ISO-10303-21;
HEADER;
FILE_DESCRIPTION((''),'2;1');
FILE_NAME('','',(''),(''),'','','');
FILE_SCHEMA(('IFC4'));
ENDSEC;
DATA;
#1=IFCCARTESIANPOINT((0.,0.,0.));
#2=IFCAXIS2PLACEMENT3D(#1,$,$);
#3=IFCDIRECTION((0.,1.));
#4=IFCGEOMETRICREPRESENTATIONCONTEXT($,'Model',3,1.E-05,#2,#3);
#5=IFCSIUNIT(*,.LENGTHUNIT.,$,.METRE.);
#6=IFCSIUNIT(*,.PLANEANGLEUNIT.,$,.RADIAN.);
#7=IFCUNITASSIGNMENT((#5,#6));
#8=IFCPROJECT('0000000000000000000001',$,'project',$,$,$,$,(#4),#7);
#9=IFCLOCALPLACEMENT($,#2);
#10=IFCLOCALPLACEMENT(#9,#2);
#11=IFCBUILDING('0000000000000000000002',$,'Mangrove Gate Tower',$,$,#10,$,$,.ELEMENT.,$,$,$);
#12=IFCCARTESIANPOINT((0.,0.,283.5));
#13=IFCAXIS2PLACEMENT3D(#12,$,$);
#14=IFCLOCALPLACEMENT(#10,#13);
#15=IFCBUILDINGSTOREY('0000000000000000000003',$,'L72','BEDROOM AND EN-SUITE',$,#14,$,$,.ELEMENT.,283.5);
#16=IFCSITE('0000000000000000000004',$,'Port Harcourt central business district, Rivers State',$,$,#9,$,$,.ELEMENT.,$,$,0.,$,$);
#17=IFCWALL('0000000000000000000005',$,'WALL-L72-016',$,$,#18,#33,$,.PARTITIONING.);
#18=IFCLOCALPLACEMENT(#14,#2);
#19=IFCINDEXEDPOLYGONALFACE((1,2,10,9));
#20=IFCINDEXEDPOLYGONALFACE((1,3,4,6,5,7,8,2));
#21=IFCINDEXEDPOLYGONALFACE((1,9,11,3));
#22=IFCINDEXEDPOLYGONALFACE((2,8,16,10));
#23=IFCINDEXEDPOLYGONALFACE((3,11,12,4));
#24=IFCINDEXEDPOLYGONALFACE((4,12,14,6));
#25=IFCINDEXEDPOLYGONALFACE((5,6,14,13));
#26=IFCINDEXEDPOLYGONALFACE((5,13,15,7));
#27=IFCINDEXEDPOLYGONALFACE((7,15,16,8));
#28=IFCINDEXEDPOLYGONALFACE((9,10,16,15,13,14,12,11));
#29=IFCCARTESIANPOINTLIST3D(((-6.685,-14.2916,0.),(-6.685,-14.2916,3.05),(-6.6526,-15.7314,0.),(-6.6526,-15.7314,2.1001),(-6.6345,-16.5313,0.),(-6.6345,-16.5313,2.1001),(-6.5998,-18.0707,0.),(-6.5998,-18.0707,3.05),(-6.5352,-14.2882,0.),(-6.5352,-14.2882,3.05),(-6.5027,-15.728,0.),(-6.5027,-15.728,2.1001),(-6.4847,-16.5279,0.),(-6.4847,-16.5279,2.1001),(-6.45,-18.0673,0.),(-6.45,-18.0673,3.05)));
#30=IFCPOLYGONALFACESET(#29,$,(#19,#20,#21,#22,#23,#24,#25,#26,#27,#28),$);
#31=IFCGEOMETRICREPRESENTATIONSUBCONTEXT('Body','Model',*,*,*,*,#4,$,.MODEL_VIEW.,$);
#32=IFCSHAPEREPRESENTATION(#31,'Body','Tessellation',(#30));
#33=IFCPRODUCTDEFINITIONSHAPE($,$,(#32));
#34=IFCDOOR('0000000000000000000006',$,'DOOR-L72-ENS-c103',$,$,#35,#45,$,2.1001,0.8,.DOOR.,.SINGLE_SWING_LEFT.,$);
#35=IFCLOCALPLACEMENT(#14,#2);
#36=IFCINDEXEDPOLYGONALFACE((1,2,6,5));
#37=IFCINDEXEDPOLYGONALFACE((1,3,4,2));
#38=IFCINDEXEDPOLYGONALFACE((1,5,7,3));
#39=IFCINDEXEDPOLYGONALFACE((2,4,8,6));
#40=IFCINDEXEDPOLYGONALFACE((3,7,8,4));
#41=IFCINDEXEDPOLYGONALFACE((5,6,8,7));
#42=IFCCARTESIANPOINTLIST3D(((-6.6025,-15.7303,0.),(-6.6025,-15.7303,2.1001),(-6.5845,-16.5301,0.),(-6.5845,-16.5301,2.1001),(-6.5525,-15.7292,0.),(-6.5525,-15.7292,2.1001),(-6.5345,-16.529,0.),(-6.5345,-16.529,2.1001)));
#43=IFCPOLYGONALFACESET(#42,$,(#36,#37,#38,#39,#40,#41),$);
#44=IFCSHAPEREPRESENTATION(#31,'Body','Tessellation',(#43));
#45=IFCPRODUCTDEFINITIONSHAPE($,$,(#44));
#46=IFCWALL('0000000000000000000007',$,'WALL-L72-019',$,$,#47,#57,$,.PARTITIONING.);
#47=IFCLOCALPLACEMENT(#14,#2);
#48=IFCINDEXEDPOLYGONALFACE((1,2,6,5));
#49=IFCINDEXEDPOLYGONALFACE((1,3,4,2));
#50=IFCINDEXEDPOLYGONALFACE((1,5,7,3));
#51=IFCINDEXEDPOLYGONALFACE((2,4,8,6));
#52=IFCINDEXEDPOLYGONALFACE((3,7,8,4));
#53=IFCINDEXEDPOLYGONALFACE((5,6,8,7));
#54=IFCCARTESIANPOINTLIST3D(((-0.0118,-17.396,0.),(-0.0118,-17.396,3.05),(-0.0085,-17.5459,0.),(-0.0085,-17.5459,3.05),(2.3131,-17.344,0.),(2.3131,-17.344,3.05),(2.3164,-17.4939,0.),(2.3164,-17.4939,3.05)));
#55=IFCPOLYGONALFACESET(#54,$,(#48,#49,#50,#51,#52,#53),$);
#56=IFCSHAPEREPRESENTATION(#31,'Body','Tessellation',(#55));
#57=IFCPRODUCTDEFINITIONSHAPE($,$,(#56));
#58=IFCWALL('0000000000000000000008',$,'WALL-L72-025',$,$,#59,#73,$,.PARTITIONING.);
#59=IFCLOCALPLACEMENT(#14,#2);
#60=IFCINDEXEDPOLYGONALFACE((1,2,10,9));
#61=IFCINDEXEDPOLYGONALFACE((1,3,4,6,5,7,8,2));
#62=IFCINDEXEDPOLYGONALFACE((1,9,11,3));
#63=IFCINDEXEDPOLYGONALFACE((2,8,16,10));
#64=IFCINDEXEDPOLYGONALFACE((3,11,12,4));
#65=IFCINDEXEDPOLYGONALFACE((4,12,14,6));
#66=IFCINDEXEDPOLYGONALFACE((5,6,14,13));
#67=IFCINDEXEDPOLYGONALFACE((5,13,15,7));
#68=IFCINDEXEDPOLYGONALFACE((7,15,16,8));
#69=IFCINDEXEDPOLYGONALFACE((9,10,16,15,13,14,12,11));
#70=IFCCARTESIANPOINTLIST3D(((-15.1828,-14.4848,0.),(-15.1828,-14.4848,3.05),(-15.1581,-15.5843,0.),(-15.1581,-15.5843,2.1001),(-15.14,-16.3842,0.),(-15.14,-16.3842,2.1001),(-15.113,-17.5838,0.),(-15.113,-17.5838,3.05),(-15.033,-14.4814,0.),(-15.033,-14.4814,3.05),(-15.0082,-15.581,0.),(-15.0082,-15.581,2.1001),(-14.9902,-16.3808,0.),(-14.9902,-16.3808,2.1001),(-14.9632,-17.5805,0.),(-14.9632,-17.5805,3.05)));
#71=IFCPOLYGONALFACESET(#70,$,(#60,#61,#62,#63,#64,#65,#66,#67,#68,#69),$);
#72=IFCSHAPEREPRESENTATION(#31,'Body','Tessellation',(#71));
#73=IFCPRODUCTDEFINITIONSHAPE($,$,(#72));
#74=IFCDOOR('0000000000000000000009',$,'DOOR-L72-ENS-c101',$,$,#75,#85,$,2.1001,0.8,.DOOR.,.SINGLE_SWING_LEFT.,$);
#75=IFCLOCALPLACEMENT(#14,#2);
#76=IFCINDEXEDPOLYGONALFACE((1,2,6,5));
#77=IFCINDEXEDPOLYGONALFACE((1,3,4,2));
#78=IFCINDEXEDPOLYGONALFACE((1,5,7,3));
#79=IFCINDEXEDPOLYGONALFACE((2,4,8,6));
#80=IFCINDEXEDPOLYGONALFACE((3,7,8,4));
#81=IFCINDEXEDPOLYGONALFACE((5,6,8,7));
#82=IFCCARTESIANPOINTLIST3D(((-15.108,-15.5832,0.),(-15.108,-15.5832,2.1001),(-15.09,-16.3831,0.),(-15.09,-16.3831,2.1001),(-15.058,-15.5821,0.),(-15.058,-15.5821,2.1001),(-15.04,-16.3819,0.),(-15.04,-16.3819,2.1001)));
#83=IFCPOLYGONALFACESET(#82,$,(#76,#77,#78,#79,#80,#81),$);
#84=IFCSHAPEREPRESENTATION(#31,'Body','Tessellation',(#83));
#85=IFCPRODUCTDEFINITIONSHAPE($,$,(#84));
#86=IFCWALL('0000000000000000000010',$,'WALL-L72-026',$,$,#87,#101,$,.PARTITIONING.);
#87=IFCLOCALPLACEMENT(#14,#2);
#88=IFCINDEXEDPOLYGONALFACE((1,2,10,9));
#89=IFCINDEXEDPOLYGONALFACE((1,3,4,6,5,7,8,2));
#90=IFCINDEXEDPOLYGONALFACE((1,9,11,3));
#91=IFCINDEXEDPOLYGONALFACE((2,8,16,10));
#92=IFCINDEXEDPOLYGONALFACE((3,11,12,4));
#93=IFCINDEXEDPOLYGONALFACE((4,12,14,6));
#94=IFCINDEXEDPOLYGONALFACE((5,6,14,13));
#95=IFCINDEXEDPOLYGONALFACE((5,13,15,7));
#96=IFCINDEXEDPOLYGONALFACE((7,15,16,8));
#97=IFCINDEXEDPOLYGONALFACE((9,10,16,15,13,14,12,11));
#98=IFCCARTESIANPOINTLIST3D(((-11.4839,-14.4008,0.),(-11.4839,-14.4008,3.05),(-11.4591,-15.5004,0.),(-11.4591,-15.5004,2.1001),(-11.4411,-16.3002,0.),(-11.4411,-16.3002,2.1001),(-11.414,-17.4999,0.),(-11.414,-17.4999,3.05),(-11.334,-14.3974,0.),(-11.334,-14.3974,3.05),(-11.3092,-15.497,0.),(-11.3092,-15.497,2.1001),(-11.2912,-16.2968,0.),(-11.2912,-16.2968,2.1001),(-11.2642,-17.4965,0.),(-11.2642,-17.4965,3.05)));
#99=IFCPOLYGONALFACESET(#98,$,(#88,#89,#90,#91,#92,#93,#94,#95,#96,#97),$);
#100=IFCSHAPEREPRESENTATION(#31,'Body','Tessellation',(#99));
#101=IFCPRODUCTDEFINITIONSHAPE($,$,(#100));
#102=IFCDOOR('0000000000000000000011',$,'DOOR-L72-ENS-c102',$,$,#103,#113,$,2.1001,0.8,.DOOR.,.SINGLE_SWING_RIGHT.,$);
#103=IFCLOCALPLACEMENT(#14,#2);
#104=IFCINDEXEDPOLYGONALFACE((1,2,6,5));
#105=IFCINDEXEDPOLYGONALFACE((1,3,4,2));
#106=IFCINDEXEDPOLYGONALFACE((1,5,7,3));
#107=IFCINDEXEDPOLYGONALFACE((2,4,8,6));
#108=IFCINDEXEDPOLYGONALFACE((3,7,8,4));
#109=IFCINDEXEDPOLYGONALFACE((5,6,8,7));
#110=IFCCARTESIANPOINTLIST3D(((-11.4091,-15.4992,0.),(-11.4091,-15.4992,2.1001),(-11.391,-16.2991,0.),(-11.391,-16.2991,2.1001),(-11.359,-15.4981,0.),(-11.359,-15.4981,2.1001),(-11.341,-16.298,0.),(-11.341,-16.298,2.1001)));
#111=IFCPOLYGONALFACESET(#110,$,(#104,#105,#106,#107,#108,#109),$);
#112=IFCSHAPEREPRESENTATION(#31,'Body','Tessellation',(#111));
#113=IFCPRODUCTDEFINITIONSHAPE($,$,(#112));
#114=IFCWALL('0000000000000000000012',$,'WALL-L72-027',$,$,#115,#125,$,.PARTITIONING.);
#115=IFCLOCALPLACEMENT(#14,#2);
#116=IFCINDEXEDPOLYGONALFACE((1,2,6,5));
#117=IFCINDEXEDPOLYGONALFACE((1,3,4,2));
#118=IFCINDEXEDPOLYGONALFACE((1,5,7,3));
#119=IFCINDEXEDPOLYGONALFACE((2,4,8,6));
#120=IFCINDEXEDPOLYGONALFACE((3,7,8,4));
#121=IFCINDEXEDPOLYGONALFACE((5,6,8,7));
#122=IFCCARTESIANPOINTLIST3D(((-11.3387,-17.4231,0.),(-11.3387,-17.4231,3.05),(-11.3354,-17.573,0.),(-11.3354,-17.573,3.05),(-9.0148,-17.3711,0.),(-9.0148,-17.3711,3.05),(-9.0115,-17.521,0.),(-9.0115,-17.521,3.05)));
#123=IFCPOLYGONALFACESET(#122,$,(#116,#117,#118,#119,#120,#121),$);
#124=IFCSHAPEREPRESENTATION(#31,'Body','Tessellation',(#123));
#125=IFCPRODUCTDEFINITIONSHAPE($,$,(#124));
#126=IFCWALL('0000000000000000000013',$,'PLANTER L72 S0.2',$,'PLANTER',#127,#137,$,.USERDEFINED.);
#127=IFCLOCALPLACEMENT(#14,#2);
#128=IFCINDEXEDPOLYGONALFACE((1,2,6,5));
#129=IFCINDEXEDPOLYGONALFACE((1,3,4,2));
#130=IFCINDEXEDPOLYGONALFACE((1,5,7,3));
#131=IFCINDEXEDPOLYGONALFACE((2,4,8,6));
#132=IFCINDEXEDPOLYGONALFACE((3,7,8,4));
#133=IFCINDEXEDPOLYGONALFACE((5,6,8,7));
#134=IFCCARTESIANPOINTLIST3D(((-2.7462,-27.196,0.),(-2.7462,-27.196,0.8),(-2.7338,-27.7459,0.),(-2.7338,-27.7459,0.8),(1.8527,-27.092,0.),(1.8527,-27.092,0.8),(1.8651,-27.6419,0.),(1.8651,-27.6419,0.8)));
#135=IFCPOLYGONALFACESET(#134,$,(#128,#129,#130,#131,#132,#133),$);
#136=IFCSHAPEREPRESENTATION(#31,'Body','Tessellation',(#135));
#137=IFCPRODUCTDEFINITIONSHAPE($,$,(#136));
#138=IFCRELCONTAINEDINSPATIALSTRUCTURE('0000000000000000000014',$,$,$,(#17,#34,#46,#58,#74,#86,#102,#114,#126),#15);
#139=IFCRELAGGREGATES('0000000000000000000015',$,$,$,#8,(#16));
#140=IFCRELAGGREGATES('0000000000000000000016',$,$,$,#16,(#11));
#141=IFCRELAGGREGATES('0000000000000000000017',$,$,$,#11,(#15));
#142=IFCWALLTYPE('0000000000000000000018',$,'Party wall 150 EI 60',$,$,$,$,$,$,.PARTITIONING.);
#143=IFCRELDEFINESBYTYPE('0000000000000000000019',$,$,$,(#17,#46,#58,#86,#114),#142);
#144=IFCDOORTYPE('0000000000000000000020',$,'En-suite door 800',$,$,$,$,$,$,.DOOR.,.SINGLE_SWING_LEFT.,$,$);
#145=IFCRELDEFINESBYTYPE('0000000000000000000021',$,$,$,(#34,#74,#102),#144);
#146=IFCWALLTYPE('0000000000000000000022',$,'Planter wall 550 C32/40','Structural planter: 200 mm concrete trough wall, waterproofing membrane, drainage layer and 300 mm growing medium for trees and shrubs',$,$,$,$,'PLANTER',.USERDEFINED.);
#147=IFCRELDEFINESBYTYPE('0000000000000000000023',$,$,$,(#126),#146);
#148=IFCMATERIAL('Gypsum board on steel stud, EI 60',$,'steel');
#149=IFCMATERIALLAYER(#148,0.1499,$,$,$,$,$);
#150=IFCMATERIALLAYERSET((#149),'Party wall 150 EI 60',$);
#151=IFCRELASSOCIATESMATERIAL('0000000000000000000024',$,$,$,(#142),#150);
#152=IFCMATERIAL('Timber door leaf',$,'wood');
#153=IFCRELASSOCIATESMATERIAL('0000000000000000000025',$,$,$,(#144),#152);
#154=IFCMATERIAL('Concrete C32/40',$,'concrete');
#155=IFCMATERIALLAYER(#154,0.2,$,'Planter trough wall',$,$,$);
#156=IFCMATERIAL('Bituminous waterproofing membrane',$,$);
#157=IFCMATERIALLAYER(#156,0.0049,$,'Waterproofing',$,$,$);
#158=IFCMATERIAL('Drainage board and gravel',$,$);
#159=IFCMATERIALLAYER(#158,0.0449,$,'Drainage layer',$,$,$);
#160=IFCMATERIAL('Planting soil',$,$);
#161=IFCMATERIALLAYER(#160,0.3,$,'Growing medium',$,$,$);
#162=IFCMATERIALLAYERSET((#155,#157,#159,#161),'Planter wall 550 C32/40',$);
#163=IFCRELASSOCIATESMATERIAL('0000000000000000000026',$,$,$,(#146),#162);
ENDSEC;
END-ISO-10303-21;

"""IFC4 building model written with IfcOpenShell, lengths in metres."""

from ifc_helpers import new_model, si_unit, direction, frame, frame_2d, origin, place, context, subcontext, project, spatial, rectangle, extrude, material, layer, layer_set, type_object, element, fill, save


model = new_model("IFC4")

# Units and contexts
model_context = context("Model", 3, precision=1e-05, world=origin(), true_north=direction((0.0, 1.0)))
body_context = subcontext(model_context, "Body", "Model", "MODEL_VIEW")
ifc_project = project(units=[si_unit("LENGTHUNIT", "METRE"), si_unit("PLANEANGLEUNIT", "RADIAN")], contexts=[model_context])

# Site, building, storey
site_placement = place(None, origin())
site = spatial("IfcSite", under=ifc_project, at=site_placement, Name="Port Harcourt central business district, Rivers State", CompositionType="ELEMENT", RefElevation=0.0)
building_placement = place(site_placement, origin())
building = spatial("IfcBuilding", under=site, at=building_placement, Name="Mangrove Gate Tower", CompositionType="ELEMENT")
storey_placement = place(building_placement, frame((0.0, 0.0, 283.5)))
storey = spatial("IfcBuildingStorey", under=building, at=storey_placement, Name="L72", Description="BEDROOM AND EN-SUITE", CompositionType="ELEMENT", Elevation=283.5)

# Shared definitions
ifc_material_1 = material(Name="Gypsum board on steel stud, EI 60", Category="steel")
ifc_layer_1 = layer(ifc_material_1, 0.1499)
ifc_layer_set_1 = layer_set([ifc_layer_1], Name="Party wall 150 EI 60")
wall_type_1 = type_object("IfcWallType", Name="Party wall 150 EI 60", PredefinedType="PARTITIONING", material=ifc_layer_set_1)

# Shared definitions
ifc_material_2 = material(Name="Timber door leaf", Category="wood")
door_type = type_object("IfcDoorType", Name="En-suite door 800", OperationType="SINGLE_SWING_LEFT", PredefinedType="DOOR", material=ifc_material_2)

# Wall, opening, door
wall_1_placement = place(storey_placement, frame((-6.5249, -18.0691, 0.0), z_axis=(0.0, 0.0, 1.0), x_axis=(-0.022541, 0.999746, 0.0)))
wall_1 = element("IfcWall", 1, at=wall_1_placement, inside=storey, type_object=wall_type_1, Name="WALL-L72-016", PredefinedType="PARTITIONING", context=body_context, shape_type="SweptSolid", body=[
    extrude(rectangle(XDim=3.78, YDim=0.1499, at=frame_2d((1.8901, 0.0))), origin(), (0.0, 0.0, 1.0), 3.05),
])
opening_1_placement = place(wall_1_placement, frame((1.54, 0.0, 0.0)))
opening_1 = element("IfcOpeningElement", 2, at=opening_1_placement, cuts=wall_1, PredefinedType="OPENING", context=body_context, shape_type="SweptSolid", body=[
    extrude(rectangle(XDim=0.8, YDim=2.1001, at=frame_2d((0.3999, 1.05))), frame((0.0, 0.085, 0.0), z_axis=(0.0, -1.0, 0.0), x_axis=(1.0, 0.0, 0.0)), (0.0, 0.0, 1.0), 0.1699),
])
door_1_placement = place(opening_1_placement, origin())
door_1 = element("IfcDoor", 3, at=door_1_placement, inside=storey, type_object=door_type, Name="DOOR-L72-ENS-c103", OperationType="SINGLE_SWING_LEFT", OverallHeight=2.1001, OverallWidth=0.8, PredefinedType="DOOR", context=body_context, shape_type="SweptSolid", body=[
    extrude(rectangle(XDim=0.8, YDim=2.1001, at=frame_2d((0.3999, 1.05))), frame((0.0, 0.0249, 0.0), z_axis=(0.0, -1.0, 0.0), x_axis=(1.0, 0.0, 0.0)), (0.0, 0.0, 1.0), 0.05),
])
fill(opening_1, door_1)

# Wall
wall_2_placement = place(storey_placement, frame((-0.01, -17.4709, 0.0), z_axis=(0.0, 0.0, 1.0), x_axis=(0.99975, 0.022361, 0.0)))
element("IfcWall", 4, at=wall_2_placement, inside=storey, type_object=wall_type_1, Name="WALL-L72-019", PredefinedType="PARTITIONING", context=body_context, shape_type="SweptSolid", body=[
    extrude(rectangle(XDim=2.3254, YDim=0.1499, at=frame_2d((1.1626, 0.0))), origin(), (0.0, 0.0, 1.0), 3.05),
])

# Walls, openings, doors
wall_3_placement = place(storey_placement, frame((-15.0381, -17.582, 0.0), z_axis=(0.0, 0.0, 1.0), x_axis=(-0.022525, 0.999746, 0.0)))
wall_3 = element("IfcWall", 5, at=wall_3_placement, inside=storey, type_object=wall_type_1, Name="WALL-L72-025", PredefinedType="PARTITIONING", context=body_context, shape_type="SweptSolid", body=[
    extrude(rectangle(XDim=3.0999, YDim=0.1499, at=frame_2d((1.5498, 0.0))), origin(), (0.0, 0.0, 1.0), 3.05),
])
opening_2_placement = place(wall_3_placement, frame((1.2, 0.0, 0.0)))
opening_2 = element("IfcOpeningElement", 6, at=opening_2_placement, cuts=wall_3, PredefinedType="OPENING", context=body_context, shape_type="SweptSolid", body=[
    extrude(rectangle(XDim=0.8, YDim=2.1001, at=frame_2d((0.3999, 1.05))), frame((0.0, 0.085, 0.0), z_axis=(0.0, -1.0, 0.0), x_axis=(1.0, 0.0, 0.0)), (0.0, 0.0, 1.0), 0.1699),
])
door_2_placement = place(opening_2_placement, origin())
door_2 = element("IfcDoor", 7, at=door_2_placement, inside=storey, type_object=door_type, Name="DOOR-L72-ENS-c101", OperationType="SINGLE_SWING_LEFT", OverallHeight=2.1001, OverallWidth=0.8, PredefinedType="DOOR", context=body_context, shape_type="SweptSolid", body=[
    extrude(rectangle(XDim=0.8, YDim=2.1001, at=frame_2d((0.3999, 1.05))), frame((0.0, 0.0249, 0.0), z_axis=(0.0, -1.0, 0.0), x_axis=(1.0, 0.0, 0.0)), (0.0, 0.0, 1.0), 0.05),
])
fill(opening_2, door_2)
wall_4_placement = place(storey_placement, frame((-11.3391, -17.498, 0.0), z_axis=(0.0, 0.0, 1.0), x_axis=(-0.022525, 0.999746, 0.0)))
wall_4 = element("IfcWall", 8, at=wall_4_placement, inside=storey, type_object=wall_type_1, Name="WALL-L72-026", PredefinedType="PARTITIONING", context=body_context, shape_type="SweptSolid", body=[
    extrude(rectangle(XDim=3.0999, YDim=0.1499, at=frame_2d((1.5498, 0.0))), origin(), (0.0, 0.0, 1.0), 3.05),
])
opening_3_placement = place(wall_4_placement, frame((1.2, 0.0, 0.0)))
opening_3 = element("IfcOpeningElement", 9, at=opening_3_placement, cuts=wall_4, PredefinedType="OPENING", context=body_context, shape_type="SweptSolid", body=[
    extrude(rectangle(XDim=0.8, YDim=2.1001, at=frame_2d((0.3999, 1.05))), frame((0.0, 0.085, 0.0), z_axis=(0.0, -1.0, 0.0), x_axis=(1.0, 0.0, 0.0)), (0.0, 0.0, 1.0), 0.1699),
])
door_3_placement = place(opening_3_placement, origin())
door_3 = element("IfcDoor", 10, at=door_3_placement, inside=storey, type_object=door_type, Name="DOOR-L72-ENS-c102", OperationType="SINGLE_SWING_RIGHT", OverallHeight=2.1001, OverallWidth=0.8, PredefinedType="DOOR", context=body_context, shape_type="SweptSolid", body=[
    extrude(rectangle(XDim=0.8, YDim=2.1001, at=frame_2d((0.3999, 1.05))), frame((0.0, 0.0249, 0.0), z_axis=(0.0, -1.0, 0.0), x_axis=(1.0, 0.0, 0.0)), (0.0, 0.0, 1.0), 0.05),
])
fill(opening_3, door_3)

# Walls
wall_5_placement = place(storey_placement, frame((-11.3369, -17.498, 0.0), z_axis=(0.0, 0.0, 1.0), x_axis=(0.99975, 0.022371, 0.0)))
element("IfcWall", 11, at=wall_5_placement, inside=storey, type_object=wall_type_1, Name="WALL-L72-027", PredefinedType="PARTITIONING", context=body_context, shape_type="SweptSolid", body=[
    extrude(rectangle(XDim=2.3245, YDim=0.1499, at=frame_2d((1.1621, 0.0))), origin(), (0.0, 0.0, 1.0), 3.05),
])
ifc_material_3 = material(Name="Concrete C32/40", Category="concrete")
ifc_layer_2 = layer(ifc_material_3, 0.2, Name="Planter trough wall")
ifc_material_4 = material(Name="Bituminous waterproofing membrane")
ifc_layer_3 = layer(ifc_material_4, 0.0049, Name="Waterproofing")
ifc_material_5 = material(Name="Drainage board and gravel")
ifc_layer_4 = layer(ifc_material_5, 0.0449, Name="Drainage layer")
ifc_material_6 = material(Name="Planting soil")
ifc_layer_5 = layer(ifc_material_6, 0.3, Name="Growing medium")
ifc_layer_set_2 = layer_set([ifc_layer_2, ifc_layer_3, ifc_layer_4, ifc_layer_5], Name="Planter wall 550 C32/40")
wall_type_2 = type_object("IfcWallType", Name="Planter wall 550 C32/40", Description="Structural planter: 200 mm concrete trough wall, waterproofing membrane, drainage layer and 300 mm growing medium for trees and shrubs", ElementType="PLANTER", PredefinedType="USERDEFINED", material=ifc_layer_set_2)
wall_6_placement = place(storey_placement, frame((-2.74, -27.4709, 0.0), z_axis=(0.0, 0.0, 1.0), x_axis=(0.999744, 0.022609, 0.0)))
element("IfcWall", 12, at=wall_6_placement, inside=storey, type_object=wall_type_2, Name="PLANTER L72 S0.2", ObjectType="PLANTER", PredefinedType="USERDEFINED", context=body_context, shape_type="SweptSolid", body=[
    extrude(rectangle(XDim=4.6001, YDim=0.55, at=frame_2d((2.3, 0.0))), origin(), (0.0, 0.0, 1.0), 0.8),
])

save(model, "model.ifc")
